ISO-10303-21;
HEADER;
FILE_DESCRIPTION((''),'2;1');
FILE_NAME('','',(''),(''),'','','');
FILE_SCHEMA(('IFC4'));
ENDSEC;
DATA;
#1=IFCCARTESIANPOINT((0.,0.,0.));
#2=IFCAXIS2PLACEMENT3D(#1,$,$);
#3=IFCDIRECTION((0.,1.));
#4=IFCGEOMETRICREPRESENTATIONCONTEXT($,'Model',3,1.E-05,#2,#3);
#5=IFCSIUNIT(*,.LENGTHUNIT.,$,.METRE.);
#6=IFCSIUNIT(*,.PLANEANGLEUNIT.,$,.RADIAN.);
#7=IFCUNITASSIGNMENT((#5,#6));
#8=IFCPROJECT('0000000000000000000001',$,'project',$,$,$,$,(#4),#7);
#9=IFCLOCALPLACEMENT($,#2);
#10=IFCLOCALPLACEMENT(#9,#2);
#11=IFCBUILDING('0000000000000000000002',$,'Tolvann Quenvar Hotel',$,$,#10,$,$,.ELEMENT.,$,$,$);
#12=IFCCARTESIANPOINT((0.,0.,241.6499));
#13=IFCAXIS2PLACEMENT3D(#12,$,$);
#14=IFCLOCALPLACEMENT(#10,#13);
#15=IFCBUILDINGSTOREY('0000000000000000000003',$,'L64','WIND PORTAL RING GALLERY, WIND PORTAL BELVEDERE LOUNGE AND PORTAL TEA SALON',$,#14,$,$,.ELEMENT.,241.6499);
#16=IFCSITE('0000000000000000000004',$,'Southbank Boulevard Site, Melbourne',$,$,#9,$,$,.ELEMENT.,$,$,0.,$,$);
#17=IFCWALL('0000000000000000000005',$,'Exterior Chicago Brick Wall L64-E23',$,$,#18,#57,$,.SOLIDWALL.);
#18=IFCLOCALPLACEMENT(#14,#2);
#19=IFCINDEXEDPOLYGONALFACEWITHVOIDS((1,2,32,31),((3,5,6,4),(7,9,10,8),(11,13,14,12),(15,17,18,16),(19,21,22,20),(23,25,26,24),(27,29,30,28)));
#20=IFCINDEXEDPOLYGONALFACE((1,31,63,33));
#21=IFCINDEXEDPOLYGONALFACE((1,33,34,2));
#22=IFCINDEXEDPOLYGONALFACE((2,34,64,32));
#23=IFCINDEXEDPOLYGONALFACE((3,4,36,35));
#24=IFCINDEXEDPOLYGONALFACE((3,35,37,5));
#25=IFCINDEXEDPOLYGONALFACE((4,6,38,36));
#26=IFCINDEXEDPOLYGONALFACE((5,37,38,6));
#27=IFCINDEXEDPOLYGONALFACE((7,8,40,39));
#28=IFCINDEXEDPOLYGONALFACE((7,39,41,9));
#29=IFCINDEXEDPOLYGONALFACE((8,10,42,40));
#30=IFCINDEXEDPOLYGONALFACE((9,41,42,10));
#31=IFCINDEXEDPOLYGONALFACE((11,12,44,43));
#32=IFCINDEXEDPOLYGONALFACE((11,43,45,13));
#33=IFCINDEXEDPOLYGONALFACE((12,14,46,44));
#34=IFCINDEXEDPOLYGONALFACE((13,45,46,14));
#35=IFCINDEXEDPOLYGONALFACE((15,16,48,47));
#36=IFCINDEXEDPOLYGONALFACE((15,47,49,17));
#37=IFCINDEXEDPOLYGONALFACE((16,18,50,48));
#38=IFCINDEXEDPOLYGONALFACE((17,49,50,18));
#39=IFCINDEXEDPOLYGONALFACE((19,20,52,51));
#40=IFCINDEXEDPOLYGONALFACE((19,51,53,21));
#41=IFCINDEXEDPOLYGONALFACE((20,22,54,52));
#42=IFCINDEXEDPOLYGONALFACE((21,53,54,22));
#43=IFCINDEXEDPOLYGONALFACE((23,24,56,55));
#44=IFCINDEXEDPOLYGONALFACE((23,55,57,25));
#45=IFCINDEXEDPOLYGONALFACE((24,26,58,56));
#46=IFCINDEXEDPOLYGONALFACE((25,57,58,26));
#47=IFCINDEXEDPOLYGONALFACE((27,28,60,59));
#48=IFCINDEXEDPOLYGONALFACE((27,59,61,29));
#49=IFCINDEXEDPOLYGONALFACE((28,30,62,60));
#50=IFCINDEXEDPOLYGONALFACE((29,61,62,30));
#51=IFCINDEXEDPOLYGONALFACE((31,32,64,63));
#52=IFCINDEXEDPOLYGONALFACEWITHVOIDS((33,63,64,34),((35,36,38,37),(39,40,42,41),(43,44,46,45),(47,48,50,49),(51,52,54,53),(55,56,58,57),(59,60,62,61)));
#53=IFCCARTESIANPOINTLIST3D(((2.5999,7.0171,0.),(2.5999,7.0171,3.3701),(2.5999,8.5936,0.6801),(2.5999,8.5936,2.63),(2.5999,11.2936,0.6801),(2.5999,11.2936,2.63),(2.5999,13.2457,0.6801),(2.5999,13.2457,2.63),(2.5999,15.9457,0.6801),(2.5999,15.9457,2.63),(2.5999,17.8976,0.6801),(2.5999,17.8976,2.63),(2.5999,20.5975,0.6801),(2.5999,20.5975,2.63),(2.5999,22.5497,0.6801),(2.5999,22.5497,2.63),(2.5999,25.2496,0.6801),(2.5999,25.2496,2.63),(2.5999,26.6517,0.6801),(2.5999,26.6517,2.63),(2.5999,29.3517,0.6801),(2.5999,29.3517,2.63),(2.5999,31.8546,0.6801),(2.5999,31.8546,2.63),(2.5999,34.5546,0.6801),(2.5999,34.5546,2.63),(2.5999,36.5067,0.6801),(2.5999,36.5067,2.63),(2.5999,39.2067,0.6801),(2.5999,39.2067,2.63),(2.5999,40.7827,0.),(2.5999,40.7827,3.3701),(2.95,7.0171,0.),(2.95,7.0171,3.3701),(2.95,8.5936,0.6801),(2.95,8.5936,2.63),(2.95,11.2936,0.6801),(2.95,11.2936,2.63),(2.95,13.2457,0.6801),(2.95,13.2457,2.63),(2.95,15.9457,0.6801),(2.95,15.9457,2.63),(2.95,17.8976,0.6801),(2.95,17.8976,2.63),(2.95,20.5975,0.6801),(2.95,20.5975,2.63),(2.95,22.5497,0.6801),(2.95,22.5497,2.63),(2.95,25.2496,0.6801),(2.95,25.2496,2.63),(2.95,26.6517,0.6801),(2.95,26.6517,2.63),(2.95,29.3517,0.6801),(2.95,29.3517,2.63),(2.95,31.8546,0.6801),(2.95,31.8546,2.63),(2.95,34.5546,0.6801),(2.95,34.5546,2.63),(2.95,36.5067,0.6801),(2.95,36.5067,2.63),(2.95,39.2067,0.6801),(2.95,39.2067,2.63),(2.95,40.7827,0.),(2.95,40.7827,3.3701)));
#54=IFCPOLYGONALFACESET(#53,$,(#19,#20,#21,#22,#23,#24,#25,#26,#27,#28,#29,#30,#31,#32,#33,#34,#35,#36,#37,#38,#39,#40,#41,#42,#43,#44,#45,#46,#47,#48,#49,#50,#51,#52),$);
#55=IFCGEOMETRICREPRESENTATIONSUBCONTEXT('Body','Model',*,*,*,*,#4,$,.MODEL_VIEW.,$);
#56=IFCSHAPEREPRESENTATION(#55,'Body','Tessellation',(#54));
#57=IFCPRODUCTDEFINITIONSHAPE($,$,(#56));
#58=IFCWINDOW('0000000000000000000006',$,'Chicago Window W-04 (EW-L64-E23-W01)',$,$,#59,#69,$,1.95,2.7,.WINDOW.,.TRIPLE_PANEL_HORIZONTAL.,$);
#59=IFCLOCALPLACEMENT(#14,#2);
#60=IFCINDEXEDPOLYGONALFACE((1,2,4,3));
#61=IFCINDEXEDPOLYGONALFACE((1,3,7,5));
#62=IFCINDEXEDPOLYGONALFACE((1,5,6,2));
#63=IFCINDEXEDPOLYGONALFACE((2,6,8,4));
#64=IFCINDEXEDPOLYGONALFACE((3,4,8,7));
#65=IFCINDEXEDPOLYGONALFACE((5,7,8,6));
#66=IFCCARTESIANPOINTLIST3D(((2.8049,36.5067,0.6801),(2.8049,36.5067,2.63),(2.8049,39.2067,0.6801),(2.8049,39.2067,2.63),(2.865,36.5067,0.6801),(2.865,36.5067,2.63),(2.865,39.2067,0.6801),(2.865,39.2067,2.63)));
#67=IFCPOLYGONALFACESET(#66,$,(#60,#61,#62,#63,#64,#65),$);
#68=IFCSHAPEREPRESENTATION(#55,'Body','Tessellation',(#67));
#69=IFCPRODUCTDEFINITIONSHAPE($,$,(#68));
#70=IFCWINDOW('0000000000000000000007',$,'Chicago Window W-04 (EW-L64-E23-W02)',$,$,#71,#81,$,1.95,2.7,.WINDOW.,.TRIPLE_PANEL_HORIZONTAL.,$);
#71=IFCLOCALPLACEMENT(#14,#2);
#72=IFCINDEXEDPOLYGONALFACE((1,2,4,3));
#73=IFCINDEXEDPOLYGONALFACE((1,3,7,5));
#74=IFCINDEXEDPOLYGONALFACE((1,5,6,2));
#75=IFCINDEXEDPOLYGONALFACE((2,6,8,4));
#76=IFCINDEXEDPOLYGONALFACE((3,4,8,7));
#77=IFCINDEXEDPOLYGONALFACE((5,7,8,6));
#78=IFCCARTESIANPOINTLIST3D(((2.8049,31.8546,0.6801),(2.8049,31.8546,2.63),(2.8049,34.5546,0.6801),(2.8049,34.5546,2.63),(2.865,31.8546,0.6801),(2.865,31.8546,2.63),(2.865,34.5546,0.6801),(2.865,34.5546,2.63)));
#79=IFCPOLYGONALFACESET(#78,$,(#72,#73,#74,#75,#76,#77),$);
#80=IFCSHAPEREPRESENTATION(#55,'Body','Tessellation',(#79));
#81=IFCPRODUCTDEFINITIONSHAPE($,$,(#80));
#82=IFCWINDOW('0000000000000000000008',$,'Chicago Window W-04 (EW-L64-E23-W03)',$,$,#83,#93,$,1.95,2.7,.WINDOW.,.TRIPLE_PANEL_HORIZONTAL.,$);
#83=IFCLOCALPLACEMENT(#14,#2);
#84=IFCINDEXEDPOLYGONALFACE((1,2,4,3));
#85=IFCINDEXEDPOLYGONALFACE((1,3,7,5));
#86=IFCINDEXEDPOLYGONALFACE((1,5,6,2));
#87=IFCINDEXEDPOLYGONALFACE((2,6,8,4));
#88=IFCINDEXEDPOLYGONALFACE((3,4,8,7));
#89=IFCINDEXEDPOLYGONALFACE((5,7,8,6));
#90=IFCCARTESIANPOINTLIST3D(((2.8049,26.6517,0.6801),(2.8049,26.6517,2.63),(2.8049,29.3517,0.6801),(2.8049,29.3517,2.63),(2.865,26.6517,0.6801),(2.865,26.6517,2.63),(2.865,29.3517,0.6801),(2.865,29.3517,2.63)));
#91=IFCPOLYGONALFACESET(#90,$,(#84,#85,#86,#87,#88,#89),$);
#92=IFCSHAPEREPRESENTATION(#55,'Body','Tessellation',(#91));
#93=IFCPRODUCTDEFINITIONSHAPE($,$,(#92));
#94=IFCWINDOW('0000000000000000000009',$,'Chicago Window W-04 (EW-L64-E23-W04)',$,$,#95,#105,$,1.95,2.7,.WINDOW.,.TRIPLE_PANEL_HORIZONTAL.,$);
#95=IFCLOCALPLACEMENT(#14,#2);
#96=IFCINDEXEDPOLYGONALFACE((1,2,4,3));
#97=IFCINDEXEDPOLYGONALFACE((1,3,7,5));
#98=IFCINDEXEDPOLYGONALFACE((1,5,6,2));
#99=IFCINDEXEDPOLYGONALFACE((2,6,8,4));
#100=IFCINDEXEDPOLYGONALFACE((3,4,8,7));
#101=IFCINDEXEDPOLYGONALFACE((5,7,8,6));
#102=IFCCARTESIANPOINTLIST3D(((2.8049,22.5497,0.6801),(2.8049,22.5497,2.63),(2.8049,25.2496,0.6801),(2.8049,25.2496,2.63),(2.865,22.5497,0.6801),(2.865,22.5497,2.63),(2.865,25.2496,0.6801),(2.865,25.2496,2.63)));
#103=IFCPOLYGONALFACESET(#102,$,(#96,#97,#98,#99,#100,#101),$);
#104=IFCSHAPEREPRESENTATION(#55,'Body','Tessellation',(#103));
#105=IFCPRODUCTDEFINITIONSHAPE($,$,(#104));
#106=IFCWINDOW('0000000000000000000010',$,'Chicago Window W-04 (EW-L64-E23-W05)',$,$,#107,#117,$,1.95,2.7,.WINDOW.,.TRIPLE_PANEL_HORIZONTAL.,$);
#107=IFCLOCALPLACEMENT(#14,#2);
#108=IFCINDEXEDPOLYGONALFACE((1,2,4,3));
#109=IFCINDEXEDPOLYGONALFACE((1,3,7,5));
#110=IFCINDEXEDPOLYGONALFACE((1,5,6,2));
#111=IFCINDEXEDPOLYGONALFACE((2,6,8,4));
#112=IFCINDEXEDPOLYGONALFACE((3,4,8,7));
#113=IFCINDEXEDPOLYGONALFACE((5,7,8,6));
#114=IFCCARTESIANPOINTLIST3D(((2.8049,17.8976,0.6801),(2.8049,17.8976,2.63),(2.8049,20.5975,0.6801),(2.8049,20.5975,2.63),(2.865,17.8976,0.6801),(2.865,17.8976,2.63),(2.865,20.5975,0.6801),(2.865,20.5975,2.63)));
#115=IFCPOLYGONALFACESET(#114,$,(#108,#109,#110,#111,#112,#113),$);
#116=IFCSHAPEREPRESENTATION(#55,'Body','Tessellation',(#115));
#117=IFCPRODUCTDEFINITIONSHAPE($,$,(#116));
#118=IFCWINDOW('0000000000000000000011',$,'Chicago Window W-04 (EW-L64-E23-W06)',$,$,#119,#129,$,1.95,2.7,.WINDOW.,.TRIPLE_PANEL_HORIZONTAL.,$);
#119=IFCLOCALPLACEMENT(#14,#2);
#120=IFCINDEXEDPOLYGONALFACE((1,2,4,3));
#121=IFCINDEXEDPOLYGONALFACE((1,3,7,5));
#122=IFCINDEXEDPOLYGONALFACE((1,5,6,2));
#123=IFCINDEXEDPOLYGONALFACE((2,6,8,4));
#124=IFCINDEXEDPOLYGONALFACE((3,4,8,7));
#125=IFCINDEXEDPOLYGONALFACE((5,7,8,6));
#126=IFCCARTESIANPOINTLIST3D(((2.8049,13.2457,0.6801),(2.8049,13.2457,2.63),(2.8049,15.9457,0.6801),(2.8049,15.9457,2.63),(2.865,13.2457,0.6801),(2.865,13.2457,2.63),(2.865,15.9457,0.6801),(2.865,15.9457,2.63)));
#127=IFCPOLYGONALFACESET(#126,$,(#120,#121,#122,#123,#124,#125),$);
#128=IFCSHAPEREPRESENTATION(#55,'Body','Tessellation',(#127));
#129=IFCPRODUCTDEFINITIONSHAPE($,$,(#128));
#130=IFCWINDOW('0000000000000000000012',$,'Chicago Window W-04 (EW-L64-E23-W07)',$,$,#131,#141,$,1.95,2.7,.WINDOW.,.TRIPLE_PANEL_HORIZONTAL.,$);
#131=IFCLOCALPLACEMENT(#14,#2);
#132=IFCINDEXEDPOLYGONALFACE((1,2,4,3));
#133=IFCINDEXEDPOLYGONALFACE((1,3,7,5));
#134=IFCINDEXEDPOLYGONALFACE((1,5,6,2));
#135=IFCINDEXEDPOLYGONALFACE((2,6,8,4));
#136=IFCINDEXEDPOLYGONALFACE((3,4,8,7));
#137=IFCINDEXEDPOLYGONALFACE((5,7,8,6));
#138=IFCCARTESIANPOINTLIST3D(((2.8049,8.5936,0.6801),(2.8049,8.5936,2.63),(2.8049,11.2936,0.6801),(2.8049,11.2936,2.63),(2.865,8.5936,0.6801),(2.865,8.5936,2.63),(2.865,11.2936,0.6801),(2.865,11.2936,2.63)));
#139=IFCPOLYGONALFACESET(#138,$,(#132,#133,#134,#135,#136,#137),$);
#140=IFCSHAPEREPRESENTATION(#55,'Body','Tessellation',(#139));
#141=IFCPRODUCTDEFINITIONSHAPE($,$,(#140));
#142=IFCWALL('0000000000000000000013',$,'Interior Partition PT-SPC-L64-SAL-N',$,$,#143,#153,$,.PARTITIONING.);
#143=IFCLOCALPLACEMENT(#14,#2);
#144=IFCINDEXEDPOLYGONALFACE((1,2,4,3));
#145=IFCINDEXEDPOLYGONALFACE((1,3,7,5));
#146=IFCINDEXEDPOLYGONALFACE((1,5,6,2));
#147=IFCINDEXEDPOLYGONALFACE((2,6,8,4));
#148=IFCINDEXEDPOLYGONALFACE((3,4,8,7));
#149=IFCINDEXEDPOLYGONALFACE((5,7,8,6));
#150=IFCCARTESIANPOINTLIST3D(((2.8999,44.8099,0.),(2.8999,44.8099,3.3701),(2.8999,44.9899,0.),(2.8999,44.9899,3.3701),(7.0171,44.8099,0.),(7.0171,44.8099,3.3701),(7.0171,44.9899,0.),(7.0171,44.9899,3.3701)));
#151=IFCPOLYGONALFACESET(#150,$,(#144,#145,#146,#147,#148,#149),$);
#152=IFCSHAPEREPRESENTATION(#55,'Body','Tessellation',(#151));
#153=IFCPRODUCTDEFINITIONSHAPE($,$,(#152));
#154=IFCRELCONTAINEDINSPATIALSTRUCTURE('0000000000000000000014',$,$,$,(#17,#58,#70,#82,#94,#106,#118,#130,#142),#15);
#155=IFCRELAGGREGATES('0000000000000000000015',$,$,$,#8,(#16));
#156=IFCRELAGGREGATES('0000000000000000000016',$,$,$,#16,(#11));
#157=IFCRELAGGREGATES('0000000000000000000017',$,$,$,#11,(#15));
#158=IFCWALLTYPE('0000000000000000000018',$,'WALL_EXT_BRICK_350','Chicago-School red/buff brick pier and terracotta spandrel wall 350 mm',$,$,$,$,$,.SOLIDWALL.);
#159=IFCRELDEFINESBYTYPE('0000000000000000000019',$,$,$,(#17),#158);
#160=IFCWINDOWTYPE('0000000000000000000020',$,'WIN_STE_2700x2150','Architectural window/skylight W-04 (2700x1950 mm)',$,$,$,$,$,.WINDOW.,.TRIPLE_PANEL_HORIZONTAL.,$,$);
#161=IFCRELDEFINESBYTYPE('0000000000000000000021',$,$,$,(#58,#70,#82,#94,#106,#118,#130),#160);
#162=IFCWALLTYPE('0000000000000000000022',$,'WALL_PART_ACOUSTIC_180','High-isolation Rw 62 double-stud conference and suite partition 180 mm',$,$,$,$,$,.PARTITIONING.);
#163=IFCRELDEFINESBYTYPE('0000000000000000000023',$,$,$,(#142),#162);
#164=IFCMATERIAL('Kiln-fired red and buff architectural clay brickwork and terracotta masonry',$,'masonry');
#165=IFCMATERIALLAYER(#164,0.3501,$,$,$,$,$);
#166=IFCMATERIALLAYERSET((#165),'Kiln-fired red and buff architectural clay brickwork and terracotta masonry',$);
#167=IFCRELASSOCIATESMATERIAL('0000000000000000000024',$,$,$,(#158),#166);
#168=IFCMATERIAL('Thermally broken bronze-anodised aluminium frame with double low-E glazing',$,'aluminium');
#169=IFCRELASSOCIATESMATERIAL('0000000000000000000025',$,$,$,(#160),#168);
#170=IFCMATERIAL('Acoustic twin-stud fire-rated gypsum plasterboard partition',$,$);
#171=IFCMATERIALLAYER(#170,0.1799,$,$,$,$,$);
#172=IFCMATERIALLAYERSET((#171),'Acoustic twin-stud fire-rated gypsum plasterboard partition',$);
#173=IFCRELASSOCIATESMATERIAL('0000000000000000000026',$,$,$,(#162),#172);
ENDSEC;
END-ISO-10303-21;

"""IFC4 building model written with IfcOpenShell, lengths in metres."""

from ifc_helpers import new_model, si_unit, direction, frame, frame_2d, origin, place, context, subcontext, project, spatial, rectangle, extrude, source, transform, mapped, material, layer, layer_set, type_object, type_shapes, element, fill, save


model = new_model("IFC4")

# Units and contexts
model_context = context("Model", 3, precision=1e-05, world=origin(), true_north=direction((0.0, 1.0)))
body_context = subcontext(model_context, "Body", "Model", "MODEL_VIEW")
ifc_project = project(units=[si_unit("LENGTHUNIT", "METRE"), si_unit("PLANEANGLEUNIT", "RADIAN")], contexts=[model_context])

# Site, building, storey
site_placement = place(None, origin())
site = spatial("IfcSite", under=ifc_project, at=site_placement, Name="Southbank Boulevard Site, Melbourne", CompositionType="ELEMENT", RefElevation=0.0)
building_placement = place(site_placement, origin())
building = spatial("IfcBuilding", under=site, at=building_placement, Name="Tolvann Quenvar Hotel", CompositionType="ELEMENT")
storey_placement = place(building_placement, frame((0.0, 0.0, 241.6499)))
storey = spatial("IfcBuildingStorey", under=building, at=storey_placement, Name="L64", Description="WIND PORTAL RING GALLERY, WIND PORTAL BELVEDERE LOUNGE AND PORTAL TEA SALON", CompositionType="ELEMENT", Elevation=241.6499)

# Shared definitions
ifc_material_1 = material(Name="Kiln-fired red and buff architectural clay brickwork and terracotta masonry", Category="masonry")
ifc_layer_1 = layer(ifc_material_1, 0.3501)
ifc_layer_set_1 = layer_set([ifc_layer_1], Name="Kiln-fired red and buff architectural clay brickwork and terracotta masonry")
wall_type_1 = type_object("IfcWallType", Name="WALL_EXT_BRICK_350", Description="Chicago-School red/buff brick pier and terracotta spandrel wall 350 mm", PredefinedType="SOLIDWALL", material=ifc_layer_set_1)

# Wall, openings, windows
wall_1_placement = place(storey_placement, frame((2.7749, 40.7827, 0.0), z_axis=(0.0, 0.0, 1.0), x_axis=(0.0, -1.0, 0.0)))
wall_1 = element("IfcWall", 1, at=wall_1_placement, inside=storey, type_object=wall_type_1, Name="Exterior Chicago Brick Wall L64-E23", PredefinedType="SOLIDWALL", context=body_context, shape_type="SweptSolid", body=[
    extrude(rectangle(XDim=33.7656, YDim=0.3501, at=frame_2d((16.8828, 0.0))), origin(), (0.0, 0.0, 1.0), 3.3701),
])
opening_1_placement = place(wall_1_placement, frame((1.5759, 0.0, 0.6799)))
opening_1 = element("IfcOpeningElement", 2, at=opening_1_placement, cuts=wall_1, PredefinedType="OPENING", context=body_context, shape_type="SweptSolid", body=[
    extrude(rectangle(XDim=2.7, YDim=1.95, at=frame_2d((1.3501, 0.9751))), frame((0.0, 0.1851, 0.0), z_axis=(0.0, -1.0, 0.0), x_axis=(1.0, 0.0, 0.0)), (0.0, 0.0, 1.0), 0.3701),
])
opening_2_placement = place(wall_1_placement, frame((6.228, 0.0, 0.6799)))
opening_2 = element("IfcOpeningElement", 3, at=opening_2_placement, cuts=wall_1, PredefinedType="OPENING", context=body_context, shape_type="SweptSolid", body=[
    extrude(rectangle(XDim=2.7, YDim=1.95, at=frame_2d((1.3501, 0.9751))), frame((0.0, 0.1851, 0.0), z_axis=(0.0, -1.0, 0.0), x_axis=(1.0, 0.0, 0.0)), (0.0, 0.0, 1.0), 0.3701),
])
opening_3_placement = place(wall_1_placement, frame((11.4309, 0.0, 0.6799)))
opening_3 = element("IfcOpeningElement", 4, at=opening_3_placement, cuts=wall_1, PredefinedType="OPENING", context=body_context, shape_type="SweptSolid", body=[
    extrude(rectangle(XDim=2.7, YDim=1.95, at=frame_2d((1.3501, 0.9751))), frame((0.0, 0.1851, 0.0), z_axis=(0.0, -1.0, 0.0), x_axis=(1.0, 0.0, 0.0)), (0.0, 0.0, 1.0), 0.3701),
])
opening_4_placement = place(wall_1_placement, frame((15.533, 0.0, 0.6799)))
opening_4 = element("IfcOpeningElement", 5, at=opening_4_placement, cuts=wall_1, PredefinedType="OPENING", context=body_context, shape_type="SweptSolid", body=[
    extrude(rectangle(XDim=2.7, YDim=1.95, at=frame_2d((1.3501, 0.9751))), frame((0.0, 0.1851, 0.0), z_axis=(0.0, -1.0, 0.0), x_axis=(1.0, 0.0, 0.0)), (0.0, 0.0, 1.0), 0.3701),
])
opening_5_placement = place(wall_1_placement, frame((20.1851, 0.0, 0.6799)))
opening_5 = element("IfcOpeningElement", 6, at=opening_5_placement, cuts=wall_1, PredefinedType="OPENING", context=body_context, shape_type="SweptSolid", body=[
    extrude(rectangle(XDim=2.7, YDim=1.95, at=frame_2d((1.3501, 0.9751))), frame((0.0, 0.1851, 0.0), z_axis=(0.0, -1.0, 0.0), x_axis=(1.0, 0.0, 0.0)), (0.0, 0.0, 1.0), 0.3701),
])
opening_6_placement = place(wall_1_placement, frame((24.8369, 0.0, 0.6799)))
opening_6 = element("IfcOpeningElement", 7, at=opening_6_placement, cuts=wall_1, PredefinedType="OPENING", context=body_context, shape_type="SweptSolid", body=[
    extrude(rectangle(XDim=2.7, YDim=1.95, at=frame_2d((1.3501, 0.9751))), frame((0.0, 0.1851, 0.0), z_axis=(0.0, -1.0, 0.0), x_axis=(1.0, 0.0, 0.0)), (0.0, 0.0, 1.0), 0.3701),
])
opening_7_placement = place(wall_1_placement, frame((29.489, 0.0, 0.6799)))
opening_7 = element("IfcOpeningElement", 8, at=opening_7_placement, cuts=wall_1, PredefinedType="OPENING", context=body_context, shape_type="SweptSolid", body=[
    extrude(rectangle(XDim=2.7, YDim=1.95, at=frame_2d((1.3501, 0.9751))), frame((0.0, 0.1851, 0.0), z_axis=(0.0, -1.0, 0.0), x_axis=(1.0, 0.0, 0.0)), (0.0, 0.0, 1.0), 0.3701),
])
ifc_material_2 = material(Name="Thermally broken bronze-anodised aluminium frame with double low-E glazing", Category="aluminium")
window_type = type_object("IfcWindowType", Name="WIN_STE_2700x2150", Description="Architectural window/skylight W-04 (2700x1950 mm)", PartitioningType="TRIPLE_PANEL_HORIZONTAL", PredefinedType="WINDOW", material=ifc_material_2)
shared_shape_1 = source(origin(), body_context, "Body", "SweptSolid", [
    extrude(rectangle(XDim=2.7, YDim=1.95, at=frame_2d((1.3501, 0.9751))), frame((0.0, 0.0901, 0.0), z_axis=(0.0, -1.0, 0.0), x_axis=(1.0, 0.0, 0.0)), (0.0, 0.0, 1.0), 0.0601),
])
type_shapes(window_type, [shared_shape_1])
window_1_placement = place(opening_1_placement, origin())
window_1 = element("IfcWindow", 9, at=window_1_placement, inside=storey, type_object=window_type, Name="Chicago Window W-04 (EW-L64-E23-W01)", OverallHeight=1.95, OverallWidth=2.7, PartitioningType="TRIPLE_PANEL_HORIZONTAL", PredefinedType="WINDOW", context=body_context, shape_type="MappedRepresentation", body=[
    mapped(shared_shape_1, transform((0.0, 0.0, 0.0), x_axis=(1.0, 0.0, 0.0), y_axis=(0.0, 1.0, 0.0), z_axis=(0.0, 0.0, 1.0), scale=1.0)),
])
fill(opening_1, window_1)
window_2_placement = place(opening_2_placement, origin())
window_2 = element("IfcWindow", 10, at=window_2_placement, inside=storey, type_object=window_type, Name="Chicago Window W-04 (EW-L64-E23-W02)", OverallHeight=1.95, OverallWidth=2.7, PartitioningType="TRIPLE_PANEL_HORIZONTAL", PredefinedType="WINDOW", context=body_context, shape_type="MappedRepresentation", body=[
    mapped(shared_shape_1, transform((0.0, 0.0, 0.0), x_axis=(1.0, 0.0, 0.0), y_axis=(0.0, 1.0, 0.0), z_axis=(0.0, 0.0, 1.0), scale=1.0)),
])
fill(opening_2, window_2)
window_3_placement = place(opening_3_placement, origin())
window_3 = element("IfcWindow", 11, at=window_3_placement, inside=storey, type_object=window_type, Name="Chicago Window W-04 (EW-L64-E23-W03)", OverallHeight=1.95, OverallWidth=2.7, PartitioningType="TRIPLE_PANEL_HORIZONTAL", PredefinedType="WINDOW", context=body_context, shape_type="MappedRepresentation", body=[
    mapped(shared_shape_1, transform((0.0, 0.0, 0.0), x_axis=(1.0, 0.0, 0.0), y_axis=(0.0, 1.0, 0.0), z_axis=(0.0, 0.0, 1.0), scale=1.0)),
])
fill(opening_3, window_3)
window_4_placement = place(opening_4_placement, origin())
window_4 = element("IfcWindow", 12, at=window_4_placement, inside=storey, type_object=window_type, Name="Chicago Window W-04 (EW-L64-E23-W04)", OverallHeight=1.95, OverallWidth=2.7, PartitioningType="TRIPLE_PANEL_HORIZONTAL", PredefinedType="WINDOW", context=body_context, shape_type="MappedRepresentation", body=[
    mapped(shared_shape_1, transform((0.0, 0.0, 0.0), x_axis=(1.0, 0.0, 0.0), y_axis=(0.0, 1.0, 0.0), z_axis=(0.0, 0.0, 1.0), scale=1.0)),
])
fill(opening_4, window_4)
window_5_placement = place(opening_5_placement, origin())
window_5 = element("IfcWindow", 13, at=window_5_placement, inside=storey, type_object=window_type, Name="Chicago Window W-04 (EW-L64-E23-W05)", OverallHeight=1.95, OverallWidth=2.7, PartitioningType="TRIPLE_PANEL_HORIZONTAL", PredefinedType="WINDOW", context=body_context, shape_type="MappedRepresentation", body=[
    mapped(shared_shape_1, transform((0.0, 0.0, 0.0), x_axis=(1.0, 0.0, 0.0), y_axis=(0.0, 1.0, 0.0), z_axis=(0.0, 0.0, 1.0), scale=1.0)),
])
fill(opening_5, window_5)
window_6_placement = place(opening_6_placement, origin())
window_6 = element("IfcWindow", 14, at=window_6_placement, inside=storey, type_object=window_type, Name="Chicago Window W-04 (EW-L64-E23-W06)", OverallHeight=1.95, OverallWidth=2.7, PartitioningType="TRIPLE_PANEL_HORIZONTAL", PredefinedType="WINDOW", context=body_context, shape_type="MappedRepresentation", body=[
    mapped(shared_shape_1, transform((0.0, 0.0, 0.0), x_axis=(1.0, 0.0, 0.0), y_axis=(0.0, 1.0, 0.0), z_axis=(0.0, 0.0, 1.0), scale=1.0)),
])
fill(opening_6, window_6)
window_7_placement = place(opening_7_placement, origin())
window_7 = element("IfcWindow", 15, at=window_7_placement, inside=storey, type_object=window_type, Name="Chicago Window W-04 (EW-L64-E23-W07)", OverallHeight=1.95, OverallWidth=2.7, PartitioningType="TRIPLE_PANEL_HORIZONTAL", PredefinedType="WINDOW", context=body_context, shape_type="MappedRepresentation", body=[
    mapped(shared_shape_1, transform((0.0, 0.0, 0.0), x_axis=(1.0, 0.0, 0.0), y_axis=(0.0, 1.0, 0.0), z_axis=(0.0, 0.0, 1.0), scale=1.0)),
])
fill(opening_7, window_7)

# Wall
ifc_material_3 = material(Name="Acoustic twin-stud fire-rated gypsum plasterboard partition")
ifc_layer_2 = layer(ifc_material_3, 0.1799)
ifc_layer_set_2 = layer_set([ifc_layer_2], Name="Acoustic twin-stud fire-rated gypsum plasterboard partition")
wall_type_2 = type_object("IfcWallType", Name="WALL_PART_ACOUSTIC_180", Description="High-isolation Rw 62 double-stud conference and suite partition 180 mm", PredefinedType="PARTITIONING", material=ifc_layer_set_2)
wall_2_placement = place(storey_placement, frame((2.8999, 44.8999, 0.0), z_axis=(0.0, 0.0, 1.0), x_axis=(1.0, 0.0, 0.0)))
element("IfcWall", 16, at=wall_2_placement, inside=storey, type_object=wall_type_2, Name="Interior Partition PT-SPC-L64-SAL-N", PredefinedType="PARTITIONING", context=body_context, shape_type="SweptSolid", body=[
    extrude(rectangle(XDim=4.1172, YDim=0.1799, at=frame_2d((2.0586, 0.0))), origin(), (0.0, 0.0, 1.0), 3.3701),
])

save(model, "model.ifc")
